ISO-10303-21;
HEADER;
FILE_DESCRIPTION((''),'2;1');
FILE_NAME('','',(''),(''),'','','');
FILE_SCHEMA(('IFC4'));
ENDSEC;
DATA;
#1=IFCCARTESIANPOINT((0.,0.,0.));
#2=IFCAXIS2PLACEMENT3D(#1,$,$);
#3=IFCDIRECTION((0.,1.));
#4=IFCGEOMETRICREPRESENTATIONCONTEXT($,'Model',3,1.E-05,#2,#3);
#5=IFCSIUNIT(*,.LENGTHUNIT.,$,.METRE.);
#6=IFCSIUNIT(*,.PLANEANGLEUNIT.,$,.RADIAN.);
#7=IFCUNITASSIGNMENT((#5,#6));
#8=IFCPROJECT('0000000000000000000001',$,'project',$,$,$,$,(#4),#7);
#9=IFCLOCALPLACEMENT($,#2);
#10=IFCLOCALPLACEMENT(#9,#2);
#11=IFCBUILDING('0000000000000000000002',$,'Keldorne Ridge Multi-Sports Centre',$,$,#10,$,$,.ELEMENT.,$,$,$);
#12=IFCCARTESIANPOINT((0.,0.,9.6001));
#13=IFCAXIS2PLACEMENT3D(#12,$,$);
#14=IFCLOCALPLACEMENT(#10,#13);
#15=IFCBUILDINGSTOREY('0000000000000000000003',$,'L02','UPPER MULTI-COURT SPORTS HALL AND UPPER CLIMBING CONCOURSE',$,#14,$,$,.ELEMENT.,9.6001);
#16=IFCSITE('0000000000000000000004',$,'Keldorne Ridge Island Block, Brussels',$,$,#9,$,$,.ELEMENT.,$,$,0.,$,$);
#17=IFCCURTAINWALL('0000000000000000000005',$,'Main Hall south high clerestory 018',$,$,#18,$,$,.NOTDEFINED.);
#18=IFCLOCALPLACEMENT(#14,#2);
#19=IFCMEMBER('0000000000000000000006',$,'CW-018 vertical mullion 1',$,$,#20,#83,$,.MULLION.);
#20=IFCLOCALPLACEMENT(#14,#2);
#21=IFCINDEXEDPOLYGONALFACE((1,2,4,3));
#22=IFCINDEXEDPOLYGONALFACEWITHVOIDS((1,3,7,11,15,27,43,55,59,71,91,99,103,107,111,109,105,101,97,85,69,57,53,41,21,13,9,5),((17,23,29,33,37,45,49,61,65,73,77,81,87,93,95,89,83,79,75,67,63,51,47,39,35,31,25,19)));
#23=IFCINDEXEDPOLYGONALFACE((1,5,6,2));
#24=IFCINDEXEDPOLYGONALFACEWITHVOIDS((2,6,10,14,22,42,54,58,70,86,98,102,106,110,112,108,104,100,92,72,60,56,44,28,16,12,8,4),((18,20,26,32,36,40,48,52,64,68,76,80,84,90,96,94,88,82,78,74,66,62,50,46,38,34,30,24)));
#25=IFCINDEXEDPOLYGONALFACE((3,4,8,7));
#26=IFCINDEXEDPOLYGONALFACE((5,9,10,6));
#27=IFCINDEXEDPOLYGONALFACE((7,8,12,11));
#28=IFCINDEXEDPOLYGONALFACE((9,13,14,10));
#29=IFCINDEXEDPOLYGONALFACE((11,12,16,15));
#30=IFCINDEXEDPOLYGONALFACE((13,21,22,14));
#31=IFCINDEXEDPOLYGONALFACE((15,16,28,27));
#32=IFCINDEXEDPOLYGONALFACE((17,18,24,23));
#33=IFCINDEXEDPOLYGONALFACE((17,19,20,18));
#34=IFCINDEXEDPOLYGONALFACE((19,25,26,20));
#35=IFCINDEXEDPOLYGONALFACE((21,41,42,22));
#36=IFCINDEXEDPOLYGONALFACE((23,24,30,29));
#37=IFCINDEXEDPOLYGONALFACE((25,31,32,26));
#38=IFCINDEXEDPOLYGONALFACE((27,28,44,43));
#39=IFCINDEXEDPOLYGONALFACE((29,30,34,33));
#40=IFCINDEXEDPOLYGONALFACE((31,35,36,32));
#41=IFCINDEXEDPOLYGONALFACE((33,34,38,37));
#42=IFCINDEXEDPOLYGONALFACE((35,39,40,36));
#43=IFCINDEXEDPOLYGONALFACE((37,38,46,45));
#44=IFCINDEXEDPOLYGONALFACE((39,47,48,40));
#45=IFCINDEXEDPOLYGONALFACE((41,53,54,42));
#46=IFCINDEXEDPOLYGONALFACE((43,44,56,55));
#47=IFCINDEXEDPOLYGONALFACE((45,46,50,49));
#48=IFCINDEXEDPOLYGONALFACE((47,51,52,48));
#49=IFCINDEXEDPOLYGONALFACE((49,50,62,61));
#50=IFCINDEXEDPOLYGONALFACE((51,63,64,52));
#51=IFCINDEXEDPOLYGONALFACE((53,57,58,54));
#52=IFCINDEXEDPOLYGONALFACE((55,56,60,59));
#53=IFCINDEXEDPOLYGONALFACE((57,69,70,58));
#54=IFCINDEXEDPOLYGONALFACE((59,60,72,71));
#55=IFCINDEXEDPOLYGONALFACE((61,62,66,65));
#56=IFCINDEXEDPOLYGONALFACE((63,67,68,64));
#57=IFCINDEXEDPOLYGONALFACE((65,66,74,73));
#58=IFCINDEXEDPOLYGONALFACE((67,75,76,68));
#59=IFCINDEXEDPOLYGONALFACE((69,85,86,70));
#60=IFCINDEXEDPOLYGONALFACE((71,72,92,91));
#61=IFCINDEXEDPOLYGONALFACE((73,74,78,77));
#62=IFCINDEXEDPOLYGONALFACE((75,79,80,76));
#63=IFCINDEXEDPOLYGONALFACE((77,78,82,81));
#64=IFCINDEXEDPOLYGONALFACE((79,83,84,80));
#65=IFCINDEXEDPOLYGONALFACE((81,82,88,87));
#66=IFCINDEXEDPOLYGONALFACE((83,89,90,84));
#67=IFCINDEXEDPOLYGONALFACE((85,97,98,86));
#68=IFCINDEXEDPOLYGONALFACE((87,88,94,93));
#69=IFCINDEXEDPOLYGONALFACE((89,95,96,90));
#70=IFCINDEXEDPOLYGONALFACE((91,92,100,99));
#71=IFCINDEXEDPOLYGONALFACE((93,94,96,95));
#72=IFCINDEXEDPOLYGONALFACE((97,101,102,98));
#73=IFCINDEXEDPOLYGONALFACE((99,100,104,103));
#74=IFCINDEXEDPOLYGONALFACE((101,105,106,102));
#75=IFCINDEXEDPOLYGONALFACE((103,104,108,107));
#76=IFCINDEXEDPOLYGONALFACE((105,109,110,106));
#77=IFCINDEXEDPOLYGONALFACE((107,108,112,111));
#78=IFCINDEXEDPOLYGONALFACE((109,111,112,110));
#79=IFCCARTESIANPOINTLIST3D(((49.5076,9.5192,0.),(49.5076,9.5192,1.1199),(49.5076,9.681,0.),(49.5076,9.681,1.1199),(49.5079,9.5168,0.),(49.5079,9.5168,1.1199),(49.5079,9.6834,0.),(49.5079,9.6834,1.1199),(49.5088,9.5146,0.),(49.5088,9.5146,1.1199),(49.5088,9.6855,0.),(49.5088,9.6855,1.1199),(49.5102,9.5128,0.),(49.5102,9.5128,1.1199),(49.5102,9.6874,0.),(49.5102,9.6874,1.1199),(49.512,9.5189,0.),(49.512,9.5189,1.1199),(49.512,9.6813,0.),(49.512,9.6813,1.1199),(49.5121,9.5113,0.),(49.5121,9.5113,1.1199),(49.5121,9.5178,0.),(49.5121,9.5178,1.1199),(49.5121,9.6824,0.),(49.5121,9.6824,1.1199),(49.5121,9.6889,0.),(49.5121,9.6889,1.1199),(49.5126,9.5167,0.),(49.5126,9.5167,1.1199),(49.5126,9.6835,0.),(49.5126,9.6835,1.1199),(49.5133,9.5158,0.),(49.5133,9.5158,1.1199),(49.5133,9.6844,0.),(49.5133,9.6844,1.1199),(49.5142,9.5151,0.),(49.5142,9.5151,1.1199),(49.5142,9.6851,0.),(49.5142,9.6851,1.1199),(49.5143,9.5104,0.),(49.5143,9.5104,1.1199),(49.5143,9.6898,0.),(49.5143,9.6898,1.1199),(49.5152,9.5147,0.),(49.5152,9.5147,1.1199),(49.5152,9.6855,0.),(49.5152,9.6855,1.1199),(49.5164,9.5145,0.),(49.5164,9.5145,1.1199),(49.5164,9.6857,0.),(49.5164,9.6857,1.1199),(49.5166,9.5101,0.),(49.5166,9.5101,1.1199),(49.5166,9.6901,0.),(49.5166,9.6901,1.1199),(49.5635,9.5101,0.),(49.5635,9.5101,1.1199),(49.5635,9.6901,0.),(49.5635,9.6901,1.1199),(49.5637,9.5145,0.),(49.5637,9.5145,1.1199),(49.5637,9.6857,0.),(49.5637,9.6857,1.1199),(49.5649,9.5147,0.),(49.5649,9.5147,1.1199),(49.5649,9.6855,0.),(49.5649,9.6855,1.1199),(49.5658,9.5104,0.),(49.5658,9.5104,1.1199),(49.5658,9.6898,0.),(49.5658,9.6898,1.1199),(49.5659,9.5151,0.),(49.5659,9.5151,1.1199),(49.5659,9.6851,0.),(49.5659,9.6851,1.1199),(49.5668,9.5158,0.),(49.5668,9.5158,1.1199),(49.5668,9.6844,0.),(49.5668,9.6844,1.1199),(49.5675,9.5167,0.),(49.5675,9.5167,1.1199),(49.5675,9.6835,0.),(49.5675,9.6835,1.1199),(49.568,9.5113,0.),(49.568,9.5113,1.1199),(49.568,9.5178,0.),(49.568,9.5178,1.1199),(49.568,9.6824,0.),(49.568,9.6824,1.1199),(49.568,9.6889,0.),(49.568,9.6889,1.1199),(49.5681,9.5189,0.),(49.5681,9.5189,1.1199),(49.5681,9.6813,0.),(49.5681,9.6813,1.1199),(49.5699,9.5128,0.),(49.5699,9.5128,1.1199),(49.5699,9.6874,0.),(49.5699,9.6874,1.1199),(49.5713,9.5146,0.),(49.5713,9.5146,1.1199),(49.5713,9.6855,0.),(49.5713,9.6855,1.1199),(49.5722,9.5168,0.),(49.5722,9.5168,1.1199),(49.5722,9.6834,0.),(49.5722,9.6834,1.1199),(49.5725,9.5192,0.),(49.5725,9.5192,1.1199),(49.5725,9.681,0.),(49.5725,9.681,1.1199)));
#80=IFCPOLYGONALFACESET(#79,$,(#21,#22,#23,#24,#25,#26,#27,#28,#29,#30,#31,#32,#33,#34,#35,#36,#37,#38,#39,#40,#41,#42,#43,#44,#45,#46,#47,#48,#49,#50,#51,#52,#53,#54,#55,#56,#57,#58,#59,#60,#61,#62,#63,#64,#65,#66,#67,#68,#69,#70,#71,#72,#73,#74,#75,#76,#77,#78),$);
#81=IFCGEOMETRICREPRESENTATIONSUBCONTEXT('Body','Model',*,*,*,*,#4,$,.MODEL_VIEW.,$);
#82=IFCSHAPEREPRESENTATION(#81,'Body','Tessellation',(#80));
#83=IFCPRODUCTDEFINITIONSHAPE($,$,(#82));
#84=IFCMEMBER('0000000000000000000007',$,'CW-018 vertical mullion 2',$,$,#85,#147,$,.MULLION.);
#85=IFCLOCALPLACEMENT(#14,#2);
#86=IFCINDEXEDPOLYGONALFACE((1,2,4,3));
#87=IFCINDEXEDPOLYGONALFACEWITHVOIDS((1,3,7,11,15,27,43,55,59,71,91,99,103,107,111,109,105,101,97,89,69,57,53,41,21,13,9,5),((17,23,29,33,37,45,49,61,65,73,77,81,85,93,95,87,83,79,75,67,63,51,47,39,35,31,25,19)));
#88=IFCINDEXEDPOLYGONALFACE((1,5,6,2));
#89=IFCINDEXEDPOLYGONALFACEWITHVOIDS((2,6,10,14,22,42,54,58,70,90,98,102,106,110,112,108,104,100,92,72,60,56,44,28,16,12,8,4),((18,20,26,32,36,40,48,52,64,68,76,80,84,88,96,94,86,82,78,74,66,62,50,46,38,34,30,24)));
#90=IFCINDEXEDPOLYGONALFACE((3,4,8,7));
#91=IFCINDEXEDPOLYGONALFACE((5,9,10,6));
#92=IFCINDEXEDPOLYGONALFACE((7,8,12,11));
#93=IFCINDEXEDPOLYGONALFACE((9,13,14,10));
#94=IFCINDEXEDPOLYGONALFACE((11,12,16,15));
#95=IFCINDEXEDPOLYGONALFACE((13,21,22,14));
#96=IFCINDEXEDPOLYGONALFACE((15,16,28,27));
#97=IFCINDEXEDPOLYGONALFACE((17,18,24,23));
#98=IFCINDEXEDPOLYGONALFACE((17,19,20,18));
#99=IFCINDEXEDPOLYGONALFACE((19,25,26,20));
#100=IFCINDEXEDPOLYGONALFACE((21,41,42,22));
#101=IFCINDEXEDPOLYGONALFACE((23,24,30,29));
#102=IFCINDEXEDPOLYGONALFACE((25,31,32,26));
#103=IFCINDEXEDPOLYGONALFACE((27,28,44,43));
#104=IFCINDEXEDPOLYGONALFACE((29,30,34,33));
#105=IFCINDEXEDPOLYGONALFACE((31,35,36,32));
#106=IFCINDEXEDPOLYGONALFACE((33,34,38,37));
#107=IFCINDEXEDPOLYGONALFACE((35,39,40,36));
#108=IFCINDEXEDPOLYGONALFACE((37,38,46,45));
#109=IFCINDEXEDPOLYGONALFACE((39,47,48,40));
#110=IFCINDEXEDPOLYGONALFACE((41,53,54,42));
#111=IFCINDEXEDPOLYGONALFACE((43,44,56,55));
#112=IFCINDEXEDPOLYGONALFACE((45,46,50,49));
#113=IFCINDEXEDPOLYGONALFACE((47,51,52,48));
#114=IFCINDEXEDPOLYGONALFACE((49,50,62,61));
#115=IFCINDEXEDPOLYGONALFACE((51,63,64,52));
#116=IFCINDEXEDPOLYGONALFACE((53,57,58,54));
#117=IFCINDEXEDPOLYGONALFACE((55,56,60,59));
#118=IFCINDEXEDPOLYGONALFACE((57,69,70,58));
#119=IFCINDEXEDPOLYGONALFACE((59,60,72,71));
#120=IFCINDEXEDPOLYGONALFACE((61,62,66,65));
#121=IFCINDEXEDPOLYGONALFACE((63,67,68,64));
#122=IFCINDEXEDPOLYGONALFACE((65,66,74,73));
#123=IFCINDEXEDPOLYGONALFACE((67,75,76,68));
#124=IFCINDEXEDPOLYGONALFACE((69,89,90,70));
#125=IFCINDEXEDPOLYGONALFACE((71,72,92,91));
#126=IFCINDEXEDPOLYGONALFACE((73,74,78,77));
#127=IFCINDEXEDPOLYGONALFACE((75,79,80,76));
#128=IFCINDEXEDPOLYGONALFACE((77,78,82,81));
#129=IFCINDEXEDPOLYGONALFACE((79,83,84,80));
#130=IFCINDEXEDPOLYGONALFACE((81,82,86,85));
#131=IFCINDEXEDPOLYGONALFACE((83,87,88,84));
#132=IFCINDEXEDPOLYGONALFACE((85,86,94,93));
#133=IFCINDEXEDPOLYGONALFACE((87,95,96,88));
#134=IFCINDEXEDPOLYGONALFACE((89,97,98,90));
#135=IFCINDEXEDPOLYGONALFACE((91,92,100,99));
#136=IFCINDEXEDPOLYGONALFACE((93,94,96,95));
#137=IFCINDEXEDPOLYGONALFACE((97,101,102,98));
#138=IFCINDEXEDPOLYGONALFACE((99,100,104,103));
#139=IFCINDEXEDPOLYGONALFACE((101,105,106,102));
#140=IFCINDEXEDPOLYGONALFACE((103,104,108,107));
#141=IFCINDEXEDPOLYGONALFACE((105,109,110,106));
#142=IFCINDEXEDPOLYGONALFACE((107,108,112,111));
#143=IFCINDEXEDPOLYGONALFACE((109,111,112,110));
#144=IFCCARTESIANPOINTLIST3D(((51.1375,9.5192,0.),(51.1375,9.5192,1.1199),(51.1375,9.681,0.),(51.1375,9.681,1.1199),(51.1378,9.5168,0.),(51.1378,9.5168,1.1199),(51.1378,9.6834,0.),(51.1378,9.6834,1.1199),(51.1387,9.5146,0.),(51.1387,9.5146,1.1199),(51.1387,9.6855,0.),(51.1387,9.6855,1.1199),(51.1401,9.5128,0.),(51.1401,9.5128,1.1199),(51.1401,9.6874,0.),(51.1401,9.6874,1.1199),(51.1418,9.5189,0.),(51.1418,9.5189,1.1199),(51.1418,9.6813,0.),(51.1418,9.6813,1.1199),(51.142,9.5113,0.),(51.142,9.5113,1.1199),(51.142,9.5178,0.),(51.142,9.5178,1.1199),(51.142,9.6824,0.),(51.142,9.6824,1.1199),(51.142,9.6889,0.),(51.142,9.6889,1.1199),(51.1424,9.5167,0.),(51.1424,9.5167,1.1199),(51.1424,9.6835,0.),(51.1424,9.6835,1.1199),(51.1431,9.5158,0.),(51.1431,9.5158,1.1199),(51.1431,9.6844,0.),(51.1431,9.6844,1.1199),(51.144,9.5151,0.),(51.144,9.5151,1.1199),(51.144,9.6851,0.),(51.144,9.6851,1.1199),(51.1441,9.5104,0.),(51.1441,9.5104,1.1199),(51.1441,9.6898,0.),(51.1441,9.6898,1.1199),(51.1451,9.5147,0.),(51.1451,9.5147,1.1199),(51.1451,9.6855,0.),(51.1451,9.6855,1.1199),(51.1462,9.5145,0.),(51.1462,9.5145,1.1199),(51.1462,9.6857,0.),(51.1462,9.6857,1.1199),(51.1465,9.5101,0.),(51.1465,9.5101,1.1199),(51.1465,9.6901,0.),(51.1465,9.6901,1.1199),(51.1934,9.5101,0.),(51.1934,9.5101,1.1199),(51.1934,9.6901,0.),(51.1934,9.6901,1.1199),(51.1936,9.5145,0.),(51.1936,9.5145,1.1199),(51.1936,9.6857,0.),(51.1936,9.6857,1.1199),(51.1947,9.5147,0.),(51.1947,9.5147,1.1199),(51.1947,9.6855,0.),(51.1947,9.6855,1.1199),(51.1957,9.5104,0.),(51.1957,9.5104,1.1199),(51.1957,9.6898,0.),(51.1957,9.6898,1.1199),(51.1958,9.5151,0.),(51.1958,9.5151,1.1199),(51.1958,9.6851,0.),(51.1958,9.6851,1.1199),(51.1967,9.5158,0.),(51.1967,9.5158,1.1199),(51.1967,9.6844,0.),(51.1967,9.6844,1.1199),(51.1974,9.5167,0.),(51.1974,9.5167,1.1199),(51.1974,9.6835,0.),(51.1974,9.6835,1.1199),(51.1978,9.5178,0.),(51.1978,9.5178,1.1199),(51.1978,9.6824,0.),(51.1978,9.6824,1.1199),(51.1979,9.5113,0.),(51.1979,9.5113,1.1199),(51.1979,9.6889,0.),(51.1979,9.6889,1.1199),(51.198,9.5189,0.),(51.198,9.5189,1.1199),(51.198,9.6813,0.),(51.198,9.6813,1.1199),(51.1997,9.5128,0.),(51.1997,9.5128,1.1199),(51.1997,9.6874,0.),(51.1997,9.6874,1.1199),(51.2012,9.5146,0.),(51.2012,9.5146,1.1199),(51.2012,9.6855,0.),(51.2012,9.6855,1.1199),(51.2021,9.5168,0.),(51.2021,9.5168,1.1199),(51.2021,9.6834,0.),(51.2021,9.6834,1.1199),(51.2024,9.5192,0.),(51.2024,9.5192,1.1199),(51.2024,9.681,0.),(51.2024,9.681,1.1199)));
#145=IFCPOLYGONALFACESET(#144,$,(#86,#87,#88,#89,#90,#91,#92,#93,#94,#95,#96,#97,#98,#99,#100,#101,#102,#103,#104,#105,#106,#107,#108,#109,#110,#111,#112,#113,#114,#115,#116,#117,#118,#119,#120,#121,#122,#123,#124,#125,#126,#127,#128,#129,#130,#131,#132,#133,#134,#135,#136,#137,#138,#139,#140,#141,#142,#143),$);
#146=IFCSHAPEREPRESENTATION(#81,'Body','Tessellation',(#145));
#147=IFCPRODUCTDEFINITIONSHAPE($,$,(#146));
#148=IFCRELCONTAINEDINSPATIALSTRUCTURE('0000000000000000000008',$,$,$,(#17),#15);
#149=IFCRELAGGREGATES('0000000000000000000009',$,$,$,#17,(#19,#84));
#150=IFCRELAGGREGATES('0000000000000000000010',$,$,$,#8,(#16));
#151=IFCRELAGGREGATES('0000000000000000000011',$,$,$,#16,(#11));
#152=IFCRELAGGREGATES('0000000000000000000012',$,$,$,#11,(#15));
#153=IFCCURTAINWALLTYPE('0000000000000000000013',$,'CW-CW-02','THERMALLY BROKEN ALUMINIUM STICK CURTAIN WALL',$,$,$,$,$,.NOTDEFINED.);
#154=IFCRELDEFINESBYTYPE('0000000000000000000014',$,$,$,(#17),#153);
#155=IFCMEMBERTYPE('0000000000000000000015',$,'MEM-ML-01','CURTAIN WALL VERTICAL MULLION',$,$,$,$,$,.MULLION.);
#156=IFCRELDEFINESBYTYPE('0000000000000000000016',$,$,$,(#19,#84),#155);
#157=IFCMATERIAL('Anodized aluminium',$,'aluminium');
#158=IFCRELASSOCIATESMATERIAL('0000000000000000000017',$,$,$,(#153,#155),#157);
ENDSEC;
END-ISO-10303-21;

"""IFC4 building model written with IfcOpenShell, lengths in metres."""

from ifc_helpers import new_model, si_unit, direction, frame, origin, origin_2d, place, context, subcontext, project, spatial, hollow_rectangle, extrude, material, material_profile, profile_set, type_object, element, aggregate, save


model = new_model("IFC4")

# Units and contexts
model_context = context("Model", 3, precision=1e-05, world=origin(), true_north=direction((0.0, 1.0)))
body_context = subcontext(model_context, "Body", "Model", "MODEL_VIEW")
ifc_project = project(units=[si_unit("LENGTHUNIT", "METRE"), si_unit("PLANEANGLEUNIT", "RADIAN")], contexts=[model_context])

# Site, building, storey
site_placement = place(None, origin())
site = spatial("IfcSite", under=ifc_project, at=site_placement, Name="Keldorne Ridge Island Block, Brussels", CompositionType="ELEMENT", RefElevation=0.0)
building_placement = place(site_placement, origin())
building = spatial("IfcBuilding", under=site, at=building_placement, Name="Keldorne Ridge Multi-Sports Centre", CompositionType="ELEMENT")
storey_placement = place(building_placement, frame((0.0, 0.0, 9.6001)))
storey = spatial("IfcBuildingStorey", under=building, at=storey_placement, Name="L02", Description="UPPER MULTI-COURT SPORTS HALL AND UPPER CLIMBING CONCOURSE", CompositionType="ELEMENT", Elevation=9.6001)

# Curtain wall, members
ifc_material_1 = material(Name="Anodized aluminium", Category="aluminium")
curtain_wall_type = type_object("IfcCurtainWallType", Name="CW-CW-02", Description="THERMALLY BROKEN ALUMINIUM STICK CURTAIN WALL", PredefinedType="NOTDEFINED", material=ifc_material_1)
curtain_wall_placement = place(storey_placement, origin())
curtain_wall = element("IfcCurtainWall", 1, at=curtain_wall_placement, inside=storey, type_object=curtain_wall_type, Name="Main Hall south high clerestory 018", PredefinedType="NOTDEFINED")
ifc_material_profile_1 = material_profile(ifc_material_1, hollow_rectangle(XDim=0.0649, YDim=0.1799, WallThickness=0.0044, InnerFilletRadius=0.0044, OuterFilletRadius=0.009, at=origin_2d()), Name="ALU MULLION 180x65x4.5")
ifc_profile_set_1 = profile_set([ifc_material_profile_1], Name="Anodized aluminium")
member_type_1 = type_object("IfcMemberType", Name="MEM-ML-01", Description="CURTAIN WALL VERTICAL MULLION", PredefinedType="MULLION", material=ifc_profile_set_1)
member_1_placement = place(storey_placement, frame((49.54, 9.6001, 0.0), z_axis=(0.0, 0.0, 1.0), x_axis=(1.0, 0.0, 0.0)))
member_1 = element("IfcMember", 2, at=member_1_placement, type_object=member_type_1, Name="CW-018 vertical mullion 1", PredefinedType="MULLION", context=body_context, shape_type="SweptSolid", body=[
    extrude(hollow_rectangle(XDim=0.0649, YDim=0.1799, WallThickness=0.0044, InnerFilletRadius=0.0044, OuterFilletRadius=0.009, at=origin_2d()), origin(), (0.0, 0.0, 1.0), 1.1199),
])
member_2_placement = place(storey_placement, frame((51.1699, 9.6001, 0.0), z_axis=(0.0, 0.0, 1.0), x_axis=(1.0, 0.0, 0.0)))
member_2 = element("IfcMember", 3, at=member_2_placement, type_object=member_type_1, Name="CW-018 vertical mullion 2", PredefinedType="MULLION", context=body_context, shape_type="SweptSolid", body=[
    extrude(hollow_rectangle(XDim=0.0649, YDim=0.1799, WallThickness=0.0044, InnerFilletRadius=0.0044, OuterFilletRadius=0.009, at=origin_2d()), origin(), (0.0, 0.0, 1.0), 1.1199),
])
aggregate(curtain_wall, [member_1, member_2])

save(model, "model.ifc")
